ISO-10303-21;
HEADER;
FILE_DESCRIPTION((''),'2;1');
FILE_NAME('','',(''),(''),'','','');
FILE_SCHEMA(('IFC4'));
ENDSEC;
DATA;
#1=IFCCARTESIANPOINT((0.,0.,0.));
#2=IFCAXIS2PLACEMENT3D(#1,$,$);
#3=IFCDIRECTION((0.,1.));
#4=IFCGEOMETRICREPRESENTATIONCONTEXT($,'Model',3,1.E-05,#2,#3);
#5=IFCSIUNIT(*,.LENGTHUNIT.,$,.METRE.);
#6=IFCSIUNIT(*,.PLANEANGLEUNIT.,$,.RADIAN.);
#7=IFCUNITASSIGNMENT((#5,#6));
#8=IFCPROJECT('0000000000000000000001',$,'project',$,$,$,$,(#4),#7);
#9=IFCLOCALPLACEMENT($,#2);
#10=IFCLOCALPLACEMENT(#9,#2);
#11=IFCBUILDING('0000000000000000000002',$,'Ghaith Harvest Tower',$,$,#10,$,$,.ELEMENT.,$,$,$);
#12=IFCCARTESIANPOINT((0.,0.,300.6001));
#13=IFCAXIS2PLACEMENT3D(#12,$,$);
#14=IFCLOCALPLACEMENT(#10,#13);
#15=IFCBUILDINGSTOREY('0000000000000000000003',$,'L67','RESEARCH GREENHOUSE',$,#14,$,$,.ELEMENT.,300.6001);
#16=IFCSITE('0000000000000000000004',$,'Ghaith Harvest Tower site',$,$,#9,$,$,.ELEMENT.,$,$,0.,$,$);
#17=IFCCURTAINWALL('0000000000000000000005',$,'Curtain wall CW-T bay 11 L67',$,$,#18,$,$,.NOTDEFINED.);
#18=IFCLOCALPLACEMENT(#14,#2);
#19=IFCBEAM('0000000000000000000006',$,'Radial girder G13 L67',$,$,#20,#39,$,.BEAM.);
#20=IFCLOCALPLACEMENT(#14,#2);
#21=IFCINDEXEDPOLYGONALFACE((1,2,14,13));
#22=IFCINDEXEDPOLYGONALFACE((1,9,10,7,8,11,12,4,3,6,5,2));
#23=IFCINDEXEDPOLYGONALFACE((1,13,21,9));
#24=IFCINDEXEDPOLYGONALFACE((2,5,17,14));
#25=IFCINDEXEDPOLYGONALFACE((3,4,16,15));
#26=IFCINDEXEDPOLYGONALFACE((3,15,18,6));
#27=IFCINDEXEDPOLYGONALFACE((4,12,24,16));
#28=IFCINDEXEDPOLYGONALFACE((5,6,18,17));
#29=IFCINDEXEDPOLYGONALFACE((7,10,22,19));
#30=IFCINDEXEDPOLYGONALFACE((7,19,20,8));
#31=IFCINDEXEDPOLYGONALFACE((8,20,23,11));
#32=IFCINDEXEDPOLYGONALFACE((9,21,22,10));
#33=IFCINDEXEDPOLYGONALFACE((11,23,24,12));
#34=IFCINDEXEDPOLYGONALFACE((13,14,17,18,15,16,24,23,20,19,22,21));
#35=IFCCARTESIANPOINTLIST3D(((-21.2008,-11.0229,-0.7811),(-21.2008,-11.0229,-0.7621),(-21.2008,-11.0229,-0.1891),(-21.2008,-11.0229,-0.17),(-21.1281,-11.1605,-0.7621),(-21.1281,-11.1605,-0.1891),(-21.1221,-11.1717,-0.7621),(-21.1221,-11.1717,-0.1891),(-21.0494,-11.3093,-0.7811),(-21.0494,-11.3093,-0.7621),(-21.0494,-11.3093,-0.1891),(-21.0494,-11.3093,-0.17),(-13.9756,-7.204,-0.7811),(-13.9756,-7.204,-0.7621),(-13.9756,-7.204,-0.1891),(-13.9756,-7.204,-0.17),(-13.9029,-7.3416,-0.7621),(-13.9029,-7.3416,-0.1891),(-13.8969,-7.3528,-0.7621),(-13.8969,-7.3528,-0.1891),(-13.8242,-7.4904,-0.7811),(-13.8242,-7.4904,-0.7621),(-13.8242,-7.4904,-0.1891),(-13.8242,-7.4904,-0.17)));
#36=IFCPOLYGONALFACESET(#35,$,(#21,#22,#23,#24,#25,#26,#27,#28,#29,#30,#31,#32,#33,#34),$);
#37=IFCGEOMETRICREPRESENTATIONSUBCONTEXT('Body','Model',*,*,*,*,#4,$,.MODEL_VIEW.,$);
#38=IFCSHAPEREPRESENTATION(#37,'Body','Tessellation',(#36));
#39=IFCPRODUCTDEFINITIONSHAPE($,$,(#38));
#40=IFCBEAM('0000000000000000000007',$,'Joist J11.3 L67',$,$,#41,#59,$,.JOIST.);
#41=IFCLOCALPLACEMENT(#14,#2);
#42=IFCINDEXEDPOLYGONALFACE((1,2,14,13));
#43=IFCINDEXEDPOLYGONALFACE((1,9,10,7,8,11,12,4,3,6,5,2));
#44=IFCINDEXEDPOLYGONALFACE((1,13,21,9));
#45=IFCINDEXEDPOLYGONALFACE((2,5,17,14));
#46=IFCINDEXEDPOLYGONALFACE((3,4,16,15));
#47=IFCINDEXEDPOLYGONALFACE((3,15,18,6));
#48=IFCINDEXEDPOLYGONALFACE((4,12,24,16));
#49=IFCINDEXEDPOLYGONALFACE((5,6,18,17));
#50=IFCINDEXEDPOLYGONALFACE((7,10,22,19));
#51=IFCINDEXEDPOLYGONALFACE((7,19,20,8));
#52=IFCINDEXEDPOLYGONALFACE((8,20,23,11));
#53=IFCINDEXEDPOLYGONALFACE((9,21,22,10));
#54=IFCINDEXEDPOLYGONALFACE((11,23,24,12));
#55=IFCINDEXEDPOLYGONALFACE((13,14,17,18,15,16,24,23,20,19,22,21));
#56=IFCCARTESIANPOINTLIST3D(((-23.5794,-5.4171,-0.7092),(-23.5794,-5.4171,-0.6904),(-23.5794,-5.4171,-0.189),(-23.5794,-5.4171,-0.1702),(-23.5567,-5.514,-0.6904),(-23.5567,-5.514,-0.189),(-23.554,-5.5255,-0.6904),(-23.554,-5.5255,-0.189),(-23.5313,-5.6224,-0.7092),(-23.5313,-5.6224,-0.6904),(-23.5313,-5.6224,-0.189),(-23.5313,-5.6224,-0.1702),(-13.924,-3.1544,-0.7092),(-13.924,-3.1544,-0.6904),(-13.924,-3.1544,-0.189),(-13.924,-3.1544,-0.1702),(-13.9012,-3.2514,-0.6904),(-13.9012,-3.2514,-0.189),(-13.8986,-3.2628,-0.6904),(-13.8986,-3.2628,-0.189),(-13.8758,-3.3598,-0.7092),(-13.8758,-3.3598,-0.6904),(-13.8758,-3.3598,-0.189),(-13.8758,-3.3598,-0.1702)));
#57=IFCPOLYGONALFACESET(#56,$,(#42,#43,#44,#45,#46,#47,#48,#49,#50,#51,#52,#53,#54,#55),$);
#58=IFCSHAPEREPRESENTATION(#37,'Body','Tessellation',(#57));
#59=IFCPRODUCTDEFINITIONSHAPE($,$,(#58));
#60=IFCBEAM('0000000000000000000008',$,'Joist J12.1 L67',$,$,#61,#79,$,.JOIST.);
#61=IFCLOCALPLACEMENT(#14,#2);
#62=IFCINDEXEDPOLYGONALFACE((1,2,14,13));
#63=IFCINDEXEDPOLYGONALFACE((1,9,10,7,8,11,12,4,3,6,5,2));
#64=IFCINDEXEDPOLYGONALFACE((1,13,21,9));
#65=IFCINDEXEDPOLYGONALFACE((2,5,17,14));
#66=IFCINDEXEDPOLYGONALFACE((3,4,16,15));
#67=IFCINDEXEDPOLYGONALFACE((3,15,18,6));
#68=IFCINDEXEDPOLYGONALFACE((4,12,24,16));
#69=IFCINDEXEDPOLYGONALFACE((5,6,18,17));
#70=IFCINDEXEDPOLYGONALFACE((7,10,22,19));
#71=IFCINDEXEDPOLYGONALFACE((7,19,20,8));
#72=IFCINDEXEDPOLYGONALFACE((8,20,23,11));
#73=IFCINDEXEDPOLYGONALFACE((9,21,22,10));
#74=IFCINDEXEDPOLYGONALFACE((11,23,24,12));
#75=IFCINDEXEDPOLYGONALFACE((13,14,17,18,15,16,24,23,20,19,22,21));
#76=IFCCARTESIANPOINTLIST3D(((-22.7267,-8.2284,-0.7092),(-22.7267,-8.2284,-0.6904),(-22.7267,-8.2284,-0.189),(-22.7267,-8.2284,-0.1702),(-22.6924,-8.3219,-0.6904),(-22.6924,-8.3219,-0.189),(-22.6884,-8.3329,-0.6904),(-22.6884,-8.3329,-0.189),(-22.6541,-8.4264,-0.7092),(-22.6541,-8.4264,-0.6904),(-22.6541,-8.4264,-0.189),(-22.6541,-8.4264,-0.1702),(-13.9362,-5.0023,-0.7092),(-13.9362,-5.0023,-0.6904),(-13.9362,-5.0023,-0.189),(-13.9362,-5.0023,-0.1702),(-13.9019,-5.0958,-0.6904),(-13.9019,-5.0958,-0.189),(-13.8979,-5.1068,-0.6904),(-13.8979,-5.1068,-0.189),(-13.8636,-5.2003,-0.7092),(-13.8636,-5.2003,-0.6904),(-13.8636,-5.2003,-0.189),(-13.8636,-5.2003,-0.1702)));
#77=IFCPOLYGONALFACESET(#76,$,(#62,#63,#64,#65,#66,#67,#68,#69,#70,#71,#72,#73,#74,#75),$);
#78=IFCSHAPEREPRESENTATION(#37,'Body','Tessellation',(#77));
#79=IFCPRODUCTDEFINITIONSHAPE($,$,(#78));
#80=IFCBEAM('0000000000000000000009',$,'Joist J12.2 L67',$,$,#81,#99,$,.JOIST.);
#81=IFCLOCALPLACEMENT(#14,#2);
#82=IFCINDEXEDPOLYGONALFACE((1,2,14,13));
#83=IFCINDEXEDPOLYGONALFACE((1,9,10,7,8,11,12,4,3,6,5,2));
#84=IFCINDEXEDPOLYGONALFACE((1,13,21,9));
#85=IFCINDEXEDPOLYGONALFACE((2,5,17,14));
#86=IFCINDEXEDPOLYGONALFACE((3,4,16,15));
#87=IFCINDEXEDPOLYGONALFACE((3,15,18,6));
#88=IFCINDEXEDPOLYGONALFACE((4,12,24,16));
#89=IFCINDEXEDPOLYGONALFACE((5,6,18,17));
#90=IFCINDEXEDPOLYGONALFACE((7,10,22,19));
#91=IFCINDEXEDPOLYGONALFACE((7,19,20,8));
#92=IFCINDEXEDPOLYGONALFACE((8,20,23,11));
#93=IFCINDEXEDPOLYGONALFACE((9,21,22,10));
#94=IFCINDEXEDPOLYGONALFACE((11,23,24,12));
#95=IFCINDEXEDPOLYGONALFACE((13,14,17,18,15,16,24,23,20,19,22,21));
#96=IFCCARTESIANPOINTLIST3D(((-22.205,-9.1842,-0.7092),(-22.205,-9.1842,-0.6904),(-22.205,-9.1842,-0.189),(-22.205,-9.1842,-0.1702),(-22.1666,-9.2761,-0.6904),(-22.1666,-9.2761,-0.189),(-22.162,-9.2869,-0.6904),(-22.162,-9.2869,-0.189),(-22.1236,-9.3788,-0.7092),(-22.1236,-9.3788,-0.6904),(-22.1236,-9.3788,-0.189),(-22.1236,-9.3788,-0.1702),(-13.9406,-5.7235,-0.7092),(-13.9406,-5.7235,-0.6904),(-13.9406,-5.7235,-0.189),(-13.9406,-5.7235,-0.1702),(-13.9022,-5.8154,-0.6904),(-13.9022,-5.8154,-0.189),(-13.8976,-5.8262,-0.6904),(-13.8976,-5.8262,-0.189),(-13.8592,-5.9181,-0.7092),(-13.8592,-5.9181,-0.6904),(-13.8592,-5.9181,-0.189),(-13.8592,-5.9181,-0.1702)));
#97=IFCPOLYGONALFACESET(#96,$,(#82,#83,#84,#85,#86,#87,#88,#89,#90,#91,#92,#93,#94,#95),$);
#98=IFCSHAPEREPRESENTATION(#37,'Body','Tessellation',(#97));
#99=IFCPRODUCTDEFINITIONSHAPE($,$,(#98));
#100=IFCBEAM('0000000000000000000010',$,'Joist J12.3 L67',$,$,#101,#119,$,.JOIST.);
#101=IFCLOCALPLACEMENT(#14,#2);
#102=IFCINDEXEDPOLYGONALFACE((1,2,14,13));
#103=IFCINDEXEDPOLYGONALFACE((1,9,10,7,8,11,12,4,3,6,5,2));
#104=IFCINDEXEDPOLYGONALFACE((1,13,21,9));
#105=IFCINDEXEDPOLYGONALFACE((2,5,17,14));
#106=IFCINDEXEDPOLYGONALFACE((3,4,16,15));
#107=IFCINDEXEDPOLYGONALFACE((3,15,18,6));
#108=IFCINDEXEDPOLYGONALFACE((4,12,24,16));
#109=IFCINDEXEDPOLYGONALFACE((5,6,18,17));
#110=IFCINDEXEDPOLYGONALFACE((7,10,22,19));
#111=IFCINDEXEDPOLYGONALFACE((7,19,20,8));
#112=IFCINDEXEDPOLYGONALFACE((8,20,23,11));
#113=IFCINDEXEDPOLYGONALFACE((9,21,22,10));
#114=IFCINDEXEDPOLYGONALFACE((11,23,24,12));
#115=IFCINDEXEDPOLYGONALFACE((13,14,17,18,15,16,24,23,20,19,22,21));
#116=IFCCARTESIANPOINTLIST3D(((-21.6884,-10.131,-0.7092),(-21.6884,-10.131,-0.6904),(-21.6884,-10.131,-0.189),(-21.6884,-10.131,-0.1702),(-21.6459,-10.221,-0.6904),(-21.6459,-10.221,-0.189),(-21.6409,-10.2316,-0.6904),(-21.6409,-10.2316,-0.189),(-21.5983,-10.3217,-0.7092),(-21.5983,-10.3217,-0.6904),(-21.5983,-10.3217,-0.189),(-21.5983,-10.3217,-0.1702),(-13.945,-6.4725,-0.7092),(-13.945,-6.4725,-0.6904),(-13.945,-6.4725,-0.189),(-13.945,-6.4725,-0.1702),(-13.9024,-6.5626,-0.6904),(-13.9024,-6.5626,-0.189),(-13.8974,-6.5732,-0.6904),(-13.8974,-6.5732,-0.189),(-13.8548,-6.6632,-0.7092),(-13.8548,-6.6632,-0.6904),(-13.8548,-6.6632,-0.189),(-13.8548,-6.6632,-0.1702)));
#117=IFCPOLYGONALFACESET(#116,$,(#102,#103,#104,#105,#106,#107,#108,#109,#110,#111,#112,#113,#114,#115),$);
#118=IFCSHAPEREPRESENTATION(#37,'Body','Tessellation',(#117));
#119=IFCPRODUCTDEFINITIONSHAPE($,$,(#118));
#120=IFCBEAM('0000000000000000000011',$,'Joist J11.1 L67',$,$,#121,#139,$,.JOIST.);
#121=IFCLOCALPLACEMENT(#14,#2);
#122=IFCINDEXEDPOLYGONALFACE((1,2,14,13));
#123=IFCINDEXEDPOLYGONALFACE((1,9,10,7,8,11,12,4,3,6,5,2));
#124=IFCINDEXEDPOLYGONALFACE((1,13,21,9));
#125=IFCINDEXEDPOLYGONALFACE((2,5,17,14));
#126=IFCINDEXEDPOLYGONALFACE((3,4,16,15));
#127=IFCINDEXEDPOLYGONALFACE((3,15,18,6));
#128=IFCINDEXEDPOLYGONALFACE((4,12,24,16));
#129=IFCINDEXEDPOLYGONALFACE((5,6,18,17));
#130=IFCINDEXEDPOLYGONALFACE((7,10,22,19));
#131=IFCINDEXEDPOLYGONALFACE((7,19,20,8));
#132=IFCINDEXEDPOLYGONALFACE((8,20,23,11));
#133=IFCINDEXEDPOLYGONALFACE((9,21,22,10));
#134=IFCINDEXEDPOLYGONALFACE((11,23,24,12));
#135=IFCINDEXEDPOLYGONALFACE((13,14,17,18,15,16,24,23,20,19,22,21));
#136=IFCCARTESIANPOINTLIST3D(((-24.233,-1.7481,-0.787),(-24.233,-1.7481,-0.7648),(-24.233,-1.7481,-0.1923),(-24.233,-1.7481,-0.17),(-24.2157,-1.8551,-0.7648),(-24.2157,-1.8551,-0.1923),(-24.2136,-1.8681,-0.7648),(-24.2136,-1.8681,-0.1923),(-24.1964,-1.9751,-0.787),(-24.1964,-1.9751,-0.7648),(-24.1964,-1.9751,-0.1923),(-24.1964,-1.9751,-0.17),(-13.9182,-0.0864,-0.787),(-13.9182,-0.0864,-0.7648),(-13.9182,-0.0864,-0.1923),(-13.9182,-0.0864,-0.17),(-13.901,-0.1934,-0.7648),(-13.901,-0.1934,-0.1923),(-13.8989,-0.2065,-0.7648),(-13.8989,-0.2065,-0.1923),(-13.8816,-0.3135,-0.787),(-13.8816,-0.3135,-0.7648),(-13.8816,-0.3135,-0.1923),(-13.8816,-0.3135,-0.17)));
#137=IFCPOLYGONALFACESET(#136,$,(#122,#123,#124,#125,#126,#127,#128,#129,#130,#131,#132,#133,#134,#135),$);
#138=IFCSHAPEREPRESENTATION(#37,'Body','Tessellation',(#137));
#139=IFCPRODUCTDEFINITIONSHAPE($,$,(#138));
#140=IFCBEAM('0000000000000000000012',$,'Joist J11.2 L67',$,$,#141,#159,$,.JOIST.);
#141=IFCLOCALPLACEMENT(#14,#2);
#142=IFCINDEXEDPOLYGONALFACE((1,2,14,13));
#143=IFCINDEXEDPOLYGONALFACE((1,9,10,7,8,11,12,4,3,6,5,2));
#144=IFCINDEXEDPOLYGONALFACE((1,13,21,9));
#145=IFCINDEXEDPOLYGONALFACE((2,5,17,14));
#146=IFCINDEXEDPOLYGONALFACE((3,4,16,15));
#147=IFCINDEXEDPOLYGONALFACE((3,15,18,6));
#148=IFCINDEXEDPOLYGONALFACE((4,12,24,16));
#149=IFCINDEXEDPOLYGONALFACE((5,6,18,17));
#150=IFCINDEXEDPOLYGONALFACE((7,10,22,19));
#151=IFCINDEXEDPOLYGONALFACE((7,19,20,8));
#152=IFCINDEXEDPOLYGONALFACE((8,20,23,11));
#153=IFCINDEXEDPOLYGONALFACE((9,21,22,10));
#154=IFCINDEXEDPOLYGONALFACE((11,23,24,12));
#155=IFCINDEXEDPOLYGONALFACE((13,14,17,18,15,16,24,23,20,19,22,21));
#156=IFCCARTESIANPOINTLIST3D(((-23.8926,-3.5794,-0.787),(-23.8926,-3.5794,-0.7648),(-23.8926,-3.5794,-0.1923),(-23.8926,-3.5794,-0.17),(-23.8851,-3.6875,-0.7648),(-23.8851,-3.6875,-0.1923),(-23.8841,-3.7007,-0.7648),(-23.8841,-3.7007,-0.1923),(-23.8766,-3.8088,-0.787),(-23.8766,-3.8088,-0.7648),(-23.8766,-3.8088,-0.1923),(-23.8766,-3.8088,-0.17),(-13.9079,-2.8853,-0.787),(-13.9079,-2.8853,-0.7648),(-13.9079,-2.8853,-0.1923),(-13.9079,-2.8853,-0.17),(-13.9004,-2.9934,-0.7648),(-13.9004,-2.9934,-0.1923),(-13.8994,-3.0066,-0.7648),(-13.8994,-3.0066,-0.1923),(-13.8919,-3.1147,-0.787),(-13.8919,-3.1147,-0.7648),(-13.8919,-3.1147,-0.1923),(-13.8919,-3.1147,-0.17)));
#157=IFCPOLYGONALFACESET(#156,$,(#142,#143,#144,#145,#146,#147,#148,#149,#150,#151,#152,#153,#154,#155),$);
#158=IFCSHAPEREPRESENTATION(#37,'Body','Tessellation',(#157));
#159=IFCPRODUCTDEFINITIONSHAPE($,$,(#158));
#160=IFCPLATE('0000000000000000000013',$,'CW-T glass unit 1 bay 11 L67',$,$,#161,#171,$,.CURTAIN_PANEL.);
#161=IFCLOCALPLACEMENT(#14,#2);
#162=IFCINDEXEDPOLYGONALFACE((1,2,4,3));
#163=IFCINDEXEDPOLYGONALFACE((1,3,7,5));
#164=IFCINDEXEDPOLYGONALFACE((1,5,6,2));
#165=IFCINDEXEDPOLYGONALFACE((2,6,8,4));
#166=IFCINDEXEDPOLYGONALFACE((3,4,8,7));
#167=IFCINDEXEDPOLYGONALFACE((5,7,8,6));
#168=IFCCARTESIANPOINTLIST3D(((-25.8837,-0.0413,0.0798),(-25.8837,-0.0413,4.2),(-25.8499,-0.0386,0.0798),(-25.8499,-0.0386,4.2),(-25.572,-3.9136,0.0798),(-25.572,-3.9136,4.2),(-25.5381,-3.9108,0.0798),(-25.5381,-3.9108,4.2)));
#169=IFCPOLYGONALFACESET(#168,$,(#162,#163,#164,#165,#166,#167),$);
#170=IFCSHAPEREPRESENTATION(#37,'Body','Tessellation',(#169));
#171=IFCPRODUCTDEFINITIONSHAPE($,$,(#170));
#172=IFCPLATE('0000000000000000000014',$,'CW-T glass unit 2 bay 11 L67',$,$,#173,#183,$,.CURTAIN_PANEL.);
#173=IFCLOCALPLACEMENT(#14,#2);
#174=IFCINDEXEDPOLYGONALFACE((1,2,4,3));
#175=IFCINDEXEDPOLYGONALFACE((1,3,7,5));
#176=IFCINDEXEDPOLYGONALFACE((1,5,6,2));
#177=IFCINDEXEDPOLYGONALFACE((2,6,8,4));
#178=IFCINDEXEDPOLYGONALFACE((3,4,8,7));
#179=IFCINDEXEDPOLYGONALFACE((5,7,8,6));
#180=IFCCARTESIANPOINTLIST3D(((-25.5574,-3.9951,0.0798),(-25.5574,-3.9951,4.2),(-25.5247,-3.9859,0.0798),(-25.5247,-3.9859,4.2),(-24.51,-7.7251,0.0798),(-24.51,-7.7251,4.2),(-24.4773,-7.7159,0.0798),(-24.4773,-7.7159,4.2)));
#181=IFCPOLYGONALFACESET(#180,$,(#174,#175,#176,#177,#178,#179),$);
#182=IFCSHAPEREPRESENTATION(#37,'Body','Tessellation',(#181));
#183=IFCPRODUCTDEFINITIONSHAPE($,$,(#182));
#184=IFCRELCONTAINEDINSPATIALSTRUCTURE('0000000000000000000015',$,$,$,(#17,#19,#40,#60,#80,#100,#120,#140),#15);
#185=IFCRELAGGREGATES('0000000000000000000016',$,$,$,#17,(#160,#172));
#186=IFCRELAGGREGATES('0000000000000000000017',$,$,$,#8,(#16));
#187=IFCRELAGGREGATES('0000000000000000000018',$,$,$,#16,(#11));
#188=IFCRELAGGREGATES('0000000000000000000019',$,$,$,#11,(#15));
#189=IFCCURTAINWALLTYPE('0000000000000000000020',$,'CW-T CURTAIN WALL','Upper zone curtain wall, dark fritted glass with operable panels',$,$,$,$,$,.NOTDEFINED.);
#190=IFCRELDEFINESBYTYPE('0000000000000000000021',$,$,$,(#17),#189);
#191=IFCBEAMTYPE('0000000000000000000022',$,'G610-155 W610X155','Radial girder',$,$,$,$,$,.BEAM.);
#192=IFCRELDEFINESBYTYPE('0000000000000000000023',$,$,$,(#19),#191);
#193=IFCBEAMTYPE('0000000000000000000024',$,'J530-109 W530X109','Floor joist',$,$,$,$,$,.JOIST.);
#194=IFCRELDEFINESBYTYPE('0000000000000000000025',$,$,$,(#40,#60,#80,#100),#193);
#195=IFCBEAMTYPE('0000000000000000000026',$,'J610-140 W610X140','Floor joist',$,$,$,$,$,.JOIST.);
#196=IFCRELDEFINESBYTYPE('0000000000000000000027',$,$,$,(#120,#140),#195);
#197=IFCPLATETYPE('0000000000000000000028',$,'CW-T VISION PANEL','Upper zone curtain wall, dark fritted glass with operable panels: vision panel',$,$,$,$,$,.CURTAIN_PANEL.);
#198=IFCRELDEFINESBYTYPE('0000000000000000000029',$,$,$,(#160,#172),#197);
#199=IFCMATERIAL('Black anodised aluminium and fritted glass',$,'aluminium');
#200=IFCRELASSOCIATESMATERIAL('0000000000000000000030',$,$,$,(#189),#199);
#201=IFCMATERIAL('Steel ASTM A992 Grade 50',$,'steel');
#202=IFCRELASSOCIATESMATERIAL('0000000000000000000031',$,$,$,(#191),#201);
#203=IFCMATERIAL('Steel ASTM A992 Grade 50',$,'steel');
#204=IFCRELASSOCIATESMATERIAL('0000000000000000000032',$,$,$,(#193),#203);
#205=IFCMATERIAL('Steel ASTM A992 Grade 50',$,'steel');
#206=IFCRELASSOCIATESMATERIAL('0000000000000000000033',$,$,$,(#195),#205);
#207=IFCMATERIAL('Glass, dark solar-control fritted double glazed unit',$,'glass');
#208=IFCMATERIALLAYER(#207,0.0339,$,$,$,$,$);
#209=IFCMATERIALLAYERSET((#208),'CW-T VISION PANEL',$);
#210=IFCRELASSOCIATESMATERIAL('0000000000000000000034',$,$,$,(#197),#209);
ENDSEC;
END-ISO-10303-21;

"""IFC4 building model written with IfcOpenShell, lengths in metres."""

from ifc_helpers import new_model, si_unit, direction, frame, origin, origin_2d, place, context, subcontext, project, spatial, rectangle, i_section, extrude, material, layer, layer_set, material_profile, profile_set, type_object, element, aggregate, save


model = new_model("IFC4")

# Units and contexts
model_context = context("Model", 3, precision=1e-05, world=origin(), true_north=direction((0.0, 1.0)))
body_context = subcontext(model_context, "Body", "Model", "MODEL_VIEW")
ifc_project = project(units=[si_unit("LENGTHUNIT", "METRE"), si_unit("PLANEANGLEUNIT", "RADIAN")], contexts=[model_context])

# Site, building, storey
site_placement = place(None, origin())
site = spatial("IfcSite", under=ifc_project, at=site_placement, Name="Ghaith Harvest Tower site", CompositionType="ELEMENT", RefElevation=0.0)
building_placement = place(site_placement, origin())
building = spatial("IfcBuilding", under=site, at=building_placement, Name="Ghaith Harvest Tower", CompositionType="ELEMENT")
storey_placement = place(building_placement, frame((0.0, 0.0, 300.6001)))
storey = spatial("IfcBuildingStorey", under=building, at=storey_placement, Name="L67", Description="RESEARCH GREENHOUSE", CompositionType="ELEMENT", Elevation=300.6001)

# Curtain wall
ifc_material_1 = material(Name="Black anodised aluminium and fritted glass", Category="aluminium")
curtain_wall_type = type_object("IfcCurtainWallType", Name="CW-T CURTAIN WALL", Description="Upper zone curtain wall, dark fritted glass with operable panels", PredefinedType="NOTDEFINED", material=ifc_material_1)
curtain_wall_1_placement = place(storey_placement, origin())
curtain_wall_1 = element("IfcCurtainWall", 1, at=curtain_wall_1_placement, inside=storey, type_object=curtain_wall_type, Name="Curtain wall CW-T bay 11 L67", PredefinedType="NOTDEFINED")

# Beams
ifc_material_2 = material(Name="Steel ASTM A992 Grade 50", Category="steel")
ifc_material_profile_1 = material_profile(ifc_material_2, i_section(OverallWidth=0.324, OverallDepth=0.6111, WebThickness=0.0127, FlangeThickness=0.019, at=origin_2d()), Name="W610X155")
ifc_profile_set_1 = profile_set([ifc_material_profile_1], Name="Steel ASTM A992 Grade 50")
beam_type_1 = type_object("IfcBeamType", Name="G610-155 W610X155", Description="Radial girder", PredefinedType="BEAM", material=ifc_profile_set_1)
beam_1_placement = place(storey_placement, frame((-13.8999, -7.3472, -0.4756), z_axis=(-0.884102, -0.467295, 0.0), x_axis=(0.467295, -0.884102, 0.0)))
element("IfcBeam", 2, at=beam_1_placement, inside=storey, type_object=beam_type_1, Name="Radial girder G13 L67", PredefinedType="BEAM", context=body_context, shape_type="SweptSolid", body=[
    extrude(i_section(OverallWidth=0.324, OverallDepth=0.6111, WebThickness=0.0127, FlangeThickness=0.019, at=origin_2d()), origin(), (0.0, 0.0, 1.0), 8.1724),
])
ifc_material_3 = material(Name="Steel ASTM A992 Grade 50", Category="steel")
ifc_material_profile_2 = material_profile(ifc_material_3, i_section(OverallWidth=0.2109, OverallDepth=0.5391, WebThickness=0.0117, FlangeThickness=0.0188, at=origin_2d()), Name="W530X109")
ifc_profile_set_2 = profile_set([ifc_material_profile_2], Name="Steel ASTM A992 Grade 50")
beam_type_2 = type_object("IfcBeamType", Name="J530-109 W530X109", Description="Floor joist", PredefinedType="JOIST", material=ifc_profile_set_2)
beam_2_placement = place(storey_placement, frame((-13.8999, -3.2571, -0.4397), z_axis=(-0.973623, -0.228161, 0.0), x_axis=(0.228161, -0.973623, 0.0)))
element("IfcBeam", 3, at=beam_2_placement, inside=storey, type_object=beam_type_2, Name="Joist J11.3 L67", PredefinedType="JOIST", context=body_context, shape_type="SweptSolid", body=[
    extrude(i_section(OverallWidth=0.2109, OverallDepth=0.5391, WebThickness=0.0117, FlangeThickness=0.0188, at=origin_2d()), origin(), (0.0, 0.0, 1.0), 9.917),
])
beam_3_placement = place(storey_placement, frame((-13.8999, -5.1013, -0.4397), z_axis=(-0.938777, -0.344526, 0.0), x_axis=(0.344526, -0.938777, 0.0)))
element("IfcBeam", 4, at=beam_3_placement, inside=storey, type_object=beam_type_2, Name="Joist J12.1 L67", PredefinedType="JOIST", context=body_context, shape_type="SweptSolid", body=[
    extrude(i_section(OverallWidth=0.2109, OverallDepth=0.5391, WebThickness=0.0117, FlangeThickness=0.0188, at=origin_2d()), origin(), (0.0, 0.0, 1.0), 9.3638),
])
beam_4_placement = place(storey_placement, frame((-13.8999, -5.8208, -0.4397), z_axis=(-0.922394, -0.38625, 0.0), x_axis=(0.38625, -0.922394, 0.0)))
element("IfcBeam", 5, at=beam_4_placement, inside=storey, type_object=beam_type_2, Name="Joist J12.2 L67", PredefinedType="JOIST", context=body_context, shape_type="SweptSolid", body=[
    extrude(i_section(OverallWidth=0.2109, OverallDepth=0.5391, WebThickness=0.0117, FlangeThickness=0.0188, at=origin_2d()), origin(), (0.0, 0.0, 1.0), 8.9597),
])
beam_5_placement = place(storey_placement, frame((-13.8999, -6.5679, -0.4397), z_axis=(-0.904166, -0.427182, 0.0), x_axis=(0.427182, -0.904166, 0.0)))
element("IfcBeam", 6, at=beam_5_placement, inside=storey, type_object=beam_type_2, Name="Joist J12.3 L67", PredefinedType="JOIST", context=body_context, shape_type="SweptSolid", body=[
    extrude(i_section(OverallWidth=0.2109, OverallDepth=0.5391, WebThickness=0.0117, FlangeThickness=0.0188, at=origin_2d()), origin(), (0.0, 0.0, 1.0), 8.5642),
])
ifc_material_4 = material(Name="Steel ASTM A992 Grade 50", Category="steel")
ifc_material_profile_3 = material_profile(ifc_material_4, i_section(OverallWidth=0.23, OverallDepth=0.6169, WebThickness=0.0132, FlangeThickness=0.0222, at=origin_2d()), Name="W610X140")
ifc_profile_set_3 = profile_set([ifc_material_profile_3], Name="Steel ASTM A992 Grade 50")
beam_type_3 = type_object("IfcBeamType", Name="J610-140 W610X140", Description="Floor joist", PredefinedType="JOIST", material=ifc_profile_set_3)
beam_6_placement = place(storey_placement, frame((-13.8999, -0.2, -0.4785), z_axis=(-0.987272, -0.159042, 0.0), x_axis=(0.159042, -0.987272, 0.0)))
element("IfcBeam", 7, at=beam_6_placement, inside=storey, type_object=beam_type_3, Name="Joist J11.1 L67", PredefinedType="JOIST", context=body_context, shape_type="SweptSolid", body=[
    extrude(i_section(OverallWidth=0.23, OverallDepth=0.6169, WebThickness=0.0132, FlangeThickness=0.0222, at=origin_2d()), origin(), (0.0, 0.0, 1.0), 10.4478),
])
beam_7_placement = place(storey_placement, frame((-13.8999, -3.0, -0.4785), z_axis=(-0.997592, -0.069349, 0.0), x_axis=(0.069349, -0.997592, 0.0)))
element("IfcBeam", 8, at=beam_7_placement, inside=storey, type_object=beam_type_3, Name="Joist J11.2 L67", PredefinedType="JOIST", context=body_context, shape_type="SweptSolid", body=[
    extrude(i_section(OverallWidth=0.23, OverallDepth=0.6169, WebThickness=0.0132, FlangeThickness=0.0222, at=origin_2d()), origin(), (0.0, 0.0, 1.0), 10.0088),
])

# Plates
ifc_material_5 = material(Name="Glass, dark solar-control fritted double glazed unit", Category="glass")
ifc_layer_1 = layer(ifc_material_5, 0.0339)
ifc_layer_set_1 = layer_set([ifc_layer_1], Name="CW-T VISION PANEL")
plate_type_1 = type_object("IfcPlateType", Name="CW-T VISION PANEL", Description="Upper zone curtain wall, dark fritted glass with operable panels: vision panel", PredefinedType="CURTAIN_PANEL", material=ifc_layer_set_1)
plate_1_placement = place(storey_placement, frame((-25.7109, -1.9761, 0.0798), z_axis=(0.0, 0.0, 1.0), x_axis=(0.080258, -0.996774, 0.0)))
plate_1 = element("IfcPlate", 9, at=plate_1_placement, type_object=plate_type_1, Name="CW-T glass unit 1 bay 11 L67", PredefinedType="CURTAIN_PANEL", context=body_context, shape_type="SweptSolid", body=[
    extrude(rectangle(XDim=3.8848, YDim=0.0339, at=origin_2d()), origin(), (0.0, 0.0, 1.0), 4.1201),
])
plate_2_placement = place(storey_placement, frame((-25.0173, -5.8555, 0.0798), z_axis=(0.0, 0.0, 1.0), x_axis=(0.270355, -0.962761, 0.0)))
plate_2 = element("IfcPlate", 10, at=plate_2_placement, type_object=plate_type_1, Name="CW-T glass unit 2 bay 11 L67", PredefinedType="CURTAIN_PANEL", context=body_context, shape_type="SweptSolid", body=[
    extrude(rectangle(XDim=3.8743, YDim=0.0339, at=origin_2d()), origin(), (0.0, 0.0, 1.0), 4.1201),
])
aggregate(curtain_wall_1, [plate_1, plate_2])

save(model, "model.ifc")
